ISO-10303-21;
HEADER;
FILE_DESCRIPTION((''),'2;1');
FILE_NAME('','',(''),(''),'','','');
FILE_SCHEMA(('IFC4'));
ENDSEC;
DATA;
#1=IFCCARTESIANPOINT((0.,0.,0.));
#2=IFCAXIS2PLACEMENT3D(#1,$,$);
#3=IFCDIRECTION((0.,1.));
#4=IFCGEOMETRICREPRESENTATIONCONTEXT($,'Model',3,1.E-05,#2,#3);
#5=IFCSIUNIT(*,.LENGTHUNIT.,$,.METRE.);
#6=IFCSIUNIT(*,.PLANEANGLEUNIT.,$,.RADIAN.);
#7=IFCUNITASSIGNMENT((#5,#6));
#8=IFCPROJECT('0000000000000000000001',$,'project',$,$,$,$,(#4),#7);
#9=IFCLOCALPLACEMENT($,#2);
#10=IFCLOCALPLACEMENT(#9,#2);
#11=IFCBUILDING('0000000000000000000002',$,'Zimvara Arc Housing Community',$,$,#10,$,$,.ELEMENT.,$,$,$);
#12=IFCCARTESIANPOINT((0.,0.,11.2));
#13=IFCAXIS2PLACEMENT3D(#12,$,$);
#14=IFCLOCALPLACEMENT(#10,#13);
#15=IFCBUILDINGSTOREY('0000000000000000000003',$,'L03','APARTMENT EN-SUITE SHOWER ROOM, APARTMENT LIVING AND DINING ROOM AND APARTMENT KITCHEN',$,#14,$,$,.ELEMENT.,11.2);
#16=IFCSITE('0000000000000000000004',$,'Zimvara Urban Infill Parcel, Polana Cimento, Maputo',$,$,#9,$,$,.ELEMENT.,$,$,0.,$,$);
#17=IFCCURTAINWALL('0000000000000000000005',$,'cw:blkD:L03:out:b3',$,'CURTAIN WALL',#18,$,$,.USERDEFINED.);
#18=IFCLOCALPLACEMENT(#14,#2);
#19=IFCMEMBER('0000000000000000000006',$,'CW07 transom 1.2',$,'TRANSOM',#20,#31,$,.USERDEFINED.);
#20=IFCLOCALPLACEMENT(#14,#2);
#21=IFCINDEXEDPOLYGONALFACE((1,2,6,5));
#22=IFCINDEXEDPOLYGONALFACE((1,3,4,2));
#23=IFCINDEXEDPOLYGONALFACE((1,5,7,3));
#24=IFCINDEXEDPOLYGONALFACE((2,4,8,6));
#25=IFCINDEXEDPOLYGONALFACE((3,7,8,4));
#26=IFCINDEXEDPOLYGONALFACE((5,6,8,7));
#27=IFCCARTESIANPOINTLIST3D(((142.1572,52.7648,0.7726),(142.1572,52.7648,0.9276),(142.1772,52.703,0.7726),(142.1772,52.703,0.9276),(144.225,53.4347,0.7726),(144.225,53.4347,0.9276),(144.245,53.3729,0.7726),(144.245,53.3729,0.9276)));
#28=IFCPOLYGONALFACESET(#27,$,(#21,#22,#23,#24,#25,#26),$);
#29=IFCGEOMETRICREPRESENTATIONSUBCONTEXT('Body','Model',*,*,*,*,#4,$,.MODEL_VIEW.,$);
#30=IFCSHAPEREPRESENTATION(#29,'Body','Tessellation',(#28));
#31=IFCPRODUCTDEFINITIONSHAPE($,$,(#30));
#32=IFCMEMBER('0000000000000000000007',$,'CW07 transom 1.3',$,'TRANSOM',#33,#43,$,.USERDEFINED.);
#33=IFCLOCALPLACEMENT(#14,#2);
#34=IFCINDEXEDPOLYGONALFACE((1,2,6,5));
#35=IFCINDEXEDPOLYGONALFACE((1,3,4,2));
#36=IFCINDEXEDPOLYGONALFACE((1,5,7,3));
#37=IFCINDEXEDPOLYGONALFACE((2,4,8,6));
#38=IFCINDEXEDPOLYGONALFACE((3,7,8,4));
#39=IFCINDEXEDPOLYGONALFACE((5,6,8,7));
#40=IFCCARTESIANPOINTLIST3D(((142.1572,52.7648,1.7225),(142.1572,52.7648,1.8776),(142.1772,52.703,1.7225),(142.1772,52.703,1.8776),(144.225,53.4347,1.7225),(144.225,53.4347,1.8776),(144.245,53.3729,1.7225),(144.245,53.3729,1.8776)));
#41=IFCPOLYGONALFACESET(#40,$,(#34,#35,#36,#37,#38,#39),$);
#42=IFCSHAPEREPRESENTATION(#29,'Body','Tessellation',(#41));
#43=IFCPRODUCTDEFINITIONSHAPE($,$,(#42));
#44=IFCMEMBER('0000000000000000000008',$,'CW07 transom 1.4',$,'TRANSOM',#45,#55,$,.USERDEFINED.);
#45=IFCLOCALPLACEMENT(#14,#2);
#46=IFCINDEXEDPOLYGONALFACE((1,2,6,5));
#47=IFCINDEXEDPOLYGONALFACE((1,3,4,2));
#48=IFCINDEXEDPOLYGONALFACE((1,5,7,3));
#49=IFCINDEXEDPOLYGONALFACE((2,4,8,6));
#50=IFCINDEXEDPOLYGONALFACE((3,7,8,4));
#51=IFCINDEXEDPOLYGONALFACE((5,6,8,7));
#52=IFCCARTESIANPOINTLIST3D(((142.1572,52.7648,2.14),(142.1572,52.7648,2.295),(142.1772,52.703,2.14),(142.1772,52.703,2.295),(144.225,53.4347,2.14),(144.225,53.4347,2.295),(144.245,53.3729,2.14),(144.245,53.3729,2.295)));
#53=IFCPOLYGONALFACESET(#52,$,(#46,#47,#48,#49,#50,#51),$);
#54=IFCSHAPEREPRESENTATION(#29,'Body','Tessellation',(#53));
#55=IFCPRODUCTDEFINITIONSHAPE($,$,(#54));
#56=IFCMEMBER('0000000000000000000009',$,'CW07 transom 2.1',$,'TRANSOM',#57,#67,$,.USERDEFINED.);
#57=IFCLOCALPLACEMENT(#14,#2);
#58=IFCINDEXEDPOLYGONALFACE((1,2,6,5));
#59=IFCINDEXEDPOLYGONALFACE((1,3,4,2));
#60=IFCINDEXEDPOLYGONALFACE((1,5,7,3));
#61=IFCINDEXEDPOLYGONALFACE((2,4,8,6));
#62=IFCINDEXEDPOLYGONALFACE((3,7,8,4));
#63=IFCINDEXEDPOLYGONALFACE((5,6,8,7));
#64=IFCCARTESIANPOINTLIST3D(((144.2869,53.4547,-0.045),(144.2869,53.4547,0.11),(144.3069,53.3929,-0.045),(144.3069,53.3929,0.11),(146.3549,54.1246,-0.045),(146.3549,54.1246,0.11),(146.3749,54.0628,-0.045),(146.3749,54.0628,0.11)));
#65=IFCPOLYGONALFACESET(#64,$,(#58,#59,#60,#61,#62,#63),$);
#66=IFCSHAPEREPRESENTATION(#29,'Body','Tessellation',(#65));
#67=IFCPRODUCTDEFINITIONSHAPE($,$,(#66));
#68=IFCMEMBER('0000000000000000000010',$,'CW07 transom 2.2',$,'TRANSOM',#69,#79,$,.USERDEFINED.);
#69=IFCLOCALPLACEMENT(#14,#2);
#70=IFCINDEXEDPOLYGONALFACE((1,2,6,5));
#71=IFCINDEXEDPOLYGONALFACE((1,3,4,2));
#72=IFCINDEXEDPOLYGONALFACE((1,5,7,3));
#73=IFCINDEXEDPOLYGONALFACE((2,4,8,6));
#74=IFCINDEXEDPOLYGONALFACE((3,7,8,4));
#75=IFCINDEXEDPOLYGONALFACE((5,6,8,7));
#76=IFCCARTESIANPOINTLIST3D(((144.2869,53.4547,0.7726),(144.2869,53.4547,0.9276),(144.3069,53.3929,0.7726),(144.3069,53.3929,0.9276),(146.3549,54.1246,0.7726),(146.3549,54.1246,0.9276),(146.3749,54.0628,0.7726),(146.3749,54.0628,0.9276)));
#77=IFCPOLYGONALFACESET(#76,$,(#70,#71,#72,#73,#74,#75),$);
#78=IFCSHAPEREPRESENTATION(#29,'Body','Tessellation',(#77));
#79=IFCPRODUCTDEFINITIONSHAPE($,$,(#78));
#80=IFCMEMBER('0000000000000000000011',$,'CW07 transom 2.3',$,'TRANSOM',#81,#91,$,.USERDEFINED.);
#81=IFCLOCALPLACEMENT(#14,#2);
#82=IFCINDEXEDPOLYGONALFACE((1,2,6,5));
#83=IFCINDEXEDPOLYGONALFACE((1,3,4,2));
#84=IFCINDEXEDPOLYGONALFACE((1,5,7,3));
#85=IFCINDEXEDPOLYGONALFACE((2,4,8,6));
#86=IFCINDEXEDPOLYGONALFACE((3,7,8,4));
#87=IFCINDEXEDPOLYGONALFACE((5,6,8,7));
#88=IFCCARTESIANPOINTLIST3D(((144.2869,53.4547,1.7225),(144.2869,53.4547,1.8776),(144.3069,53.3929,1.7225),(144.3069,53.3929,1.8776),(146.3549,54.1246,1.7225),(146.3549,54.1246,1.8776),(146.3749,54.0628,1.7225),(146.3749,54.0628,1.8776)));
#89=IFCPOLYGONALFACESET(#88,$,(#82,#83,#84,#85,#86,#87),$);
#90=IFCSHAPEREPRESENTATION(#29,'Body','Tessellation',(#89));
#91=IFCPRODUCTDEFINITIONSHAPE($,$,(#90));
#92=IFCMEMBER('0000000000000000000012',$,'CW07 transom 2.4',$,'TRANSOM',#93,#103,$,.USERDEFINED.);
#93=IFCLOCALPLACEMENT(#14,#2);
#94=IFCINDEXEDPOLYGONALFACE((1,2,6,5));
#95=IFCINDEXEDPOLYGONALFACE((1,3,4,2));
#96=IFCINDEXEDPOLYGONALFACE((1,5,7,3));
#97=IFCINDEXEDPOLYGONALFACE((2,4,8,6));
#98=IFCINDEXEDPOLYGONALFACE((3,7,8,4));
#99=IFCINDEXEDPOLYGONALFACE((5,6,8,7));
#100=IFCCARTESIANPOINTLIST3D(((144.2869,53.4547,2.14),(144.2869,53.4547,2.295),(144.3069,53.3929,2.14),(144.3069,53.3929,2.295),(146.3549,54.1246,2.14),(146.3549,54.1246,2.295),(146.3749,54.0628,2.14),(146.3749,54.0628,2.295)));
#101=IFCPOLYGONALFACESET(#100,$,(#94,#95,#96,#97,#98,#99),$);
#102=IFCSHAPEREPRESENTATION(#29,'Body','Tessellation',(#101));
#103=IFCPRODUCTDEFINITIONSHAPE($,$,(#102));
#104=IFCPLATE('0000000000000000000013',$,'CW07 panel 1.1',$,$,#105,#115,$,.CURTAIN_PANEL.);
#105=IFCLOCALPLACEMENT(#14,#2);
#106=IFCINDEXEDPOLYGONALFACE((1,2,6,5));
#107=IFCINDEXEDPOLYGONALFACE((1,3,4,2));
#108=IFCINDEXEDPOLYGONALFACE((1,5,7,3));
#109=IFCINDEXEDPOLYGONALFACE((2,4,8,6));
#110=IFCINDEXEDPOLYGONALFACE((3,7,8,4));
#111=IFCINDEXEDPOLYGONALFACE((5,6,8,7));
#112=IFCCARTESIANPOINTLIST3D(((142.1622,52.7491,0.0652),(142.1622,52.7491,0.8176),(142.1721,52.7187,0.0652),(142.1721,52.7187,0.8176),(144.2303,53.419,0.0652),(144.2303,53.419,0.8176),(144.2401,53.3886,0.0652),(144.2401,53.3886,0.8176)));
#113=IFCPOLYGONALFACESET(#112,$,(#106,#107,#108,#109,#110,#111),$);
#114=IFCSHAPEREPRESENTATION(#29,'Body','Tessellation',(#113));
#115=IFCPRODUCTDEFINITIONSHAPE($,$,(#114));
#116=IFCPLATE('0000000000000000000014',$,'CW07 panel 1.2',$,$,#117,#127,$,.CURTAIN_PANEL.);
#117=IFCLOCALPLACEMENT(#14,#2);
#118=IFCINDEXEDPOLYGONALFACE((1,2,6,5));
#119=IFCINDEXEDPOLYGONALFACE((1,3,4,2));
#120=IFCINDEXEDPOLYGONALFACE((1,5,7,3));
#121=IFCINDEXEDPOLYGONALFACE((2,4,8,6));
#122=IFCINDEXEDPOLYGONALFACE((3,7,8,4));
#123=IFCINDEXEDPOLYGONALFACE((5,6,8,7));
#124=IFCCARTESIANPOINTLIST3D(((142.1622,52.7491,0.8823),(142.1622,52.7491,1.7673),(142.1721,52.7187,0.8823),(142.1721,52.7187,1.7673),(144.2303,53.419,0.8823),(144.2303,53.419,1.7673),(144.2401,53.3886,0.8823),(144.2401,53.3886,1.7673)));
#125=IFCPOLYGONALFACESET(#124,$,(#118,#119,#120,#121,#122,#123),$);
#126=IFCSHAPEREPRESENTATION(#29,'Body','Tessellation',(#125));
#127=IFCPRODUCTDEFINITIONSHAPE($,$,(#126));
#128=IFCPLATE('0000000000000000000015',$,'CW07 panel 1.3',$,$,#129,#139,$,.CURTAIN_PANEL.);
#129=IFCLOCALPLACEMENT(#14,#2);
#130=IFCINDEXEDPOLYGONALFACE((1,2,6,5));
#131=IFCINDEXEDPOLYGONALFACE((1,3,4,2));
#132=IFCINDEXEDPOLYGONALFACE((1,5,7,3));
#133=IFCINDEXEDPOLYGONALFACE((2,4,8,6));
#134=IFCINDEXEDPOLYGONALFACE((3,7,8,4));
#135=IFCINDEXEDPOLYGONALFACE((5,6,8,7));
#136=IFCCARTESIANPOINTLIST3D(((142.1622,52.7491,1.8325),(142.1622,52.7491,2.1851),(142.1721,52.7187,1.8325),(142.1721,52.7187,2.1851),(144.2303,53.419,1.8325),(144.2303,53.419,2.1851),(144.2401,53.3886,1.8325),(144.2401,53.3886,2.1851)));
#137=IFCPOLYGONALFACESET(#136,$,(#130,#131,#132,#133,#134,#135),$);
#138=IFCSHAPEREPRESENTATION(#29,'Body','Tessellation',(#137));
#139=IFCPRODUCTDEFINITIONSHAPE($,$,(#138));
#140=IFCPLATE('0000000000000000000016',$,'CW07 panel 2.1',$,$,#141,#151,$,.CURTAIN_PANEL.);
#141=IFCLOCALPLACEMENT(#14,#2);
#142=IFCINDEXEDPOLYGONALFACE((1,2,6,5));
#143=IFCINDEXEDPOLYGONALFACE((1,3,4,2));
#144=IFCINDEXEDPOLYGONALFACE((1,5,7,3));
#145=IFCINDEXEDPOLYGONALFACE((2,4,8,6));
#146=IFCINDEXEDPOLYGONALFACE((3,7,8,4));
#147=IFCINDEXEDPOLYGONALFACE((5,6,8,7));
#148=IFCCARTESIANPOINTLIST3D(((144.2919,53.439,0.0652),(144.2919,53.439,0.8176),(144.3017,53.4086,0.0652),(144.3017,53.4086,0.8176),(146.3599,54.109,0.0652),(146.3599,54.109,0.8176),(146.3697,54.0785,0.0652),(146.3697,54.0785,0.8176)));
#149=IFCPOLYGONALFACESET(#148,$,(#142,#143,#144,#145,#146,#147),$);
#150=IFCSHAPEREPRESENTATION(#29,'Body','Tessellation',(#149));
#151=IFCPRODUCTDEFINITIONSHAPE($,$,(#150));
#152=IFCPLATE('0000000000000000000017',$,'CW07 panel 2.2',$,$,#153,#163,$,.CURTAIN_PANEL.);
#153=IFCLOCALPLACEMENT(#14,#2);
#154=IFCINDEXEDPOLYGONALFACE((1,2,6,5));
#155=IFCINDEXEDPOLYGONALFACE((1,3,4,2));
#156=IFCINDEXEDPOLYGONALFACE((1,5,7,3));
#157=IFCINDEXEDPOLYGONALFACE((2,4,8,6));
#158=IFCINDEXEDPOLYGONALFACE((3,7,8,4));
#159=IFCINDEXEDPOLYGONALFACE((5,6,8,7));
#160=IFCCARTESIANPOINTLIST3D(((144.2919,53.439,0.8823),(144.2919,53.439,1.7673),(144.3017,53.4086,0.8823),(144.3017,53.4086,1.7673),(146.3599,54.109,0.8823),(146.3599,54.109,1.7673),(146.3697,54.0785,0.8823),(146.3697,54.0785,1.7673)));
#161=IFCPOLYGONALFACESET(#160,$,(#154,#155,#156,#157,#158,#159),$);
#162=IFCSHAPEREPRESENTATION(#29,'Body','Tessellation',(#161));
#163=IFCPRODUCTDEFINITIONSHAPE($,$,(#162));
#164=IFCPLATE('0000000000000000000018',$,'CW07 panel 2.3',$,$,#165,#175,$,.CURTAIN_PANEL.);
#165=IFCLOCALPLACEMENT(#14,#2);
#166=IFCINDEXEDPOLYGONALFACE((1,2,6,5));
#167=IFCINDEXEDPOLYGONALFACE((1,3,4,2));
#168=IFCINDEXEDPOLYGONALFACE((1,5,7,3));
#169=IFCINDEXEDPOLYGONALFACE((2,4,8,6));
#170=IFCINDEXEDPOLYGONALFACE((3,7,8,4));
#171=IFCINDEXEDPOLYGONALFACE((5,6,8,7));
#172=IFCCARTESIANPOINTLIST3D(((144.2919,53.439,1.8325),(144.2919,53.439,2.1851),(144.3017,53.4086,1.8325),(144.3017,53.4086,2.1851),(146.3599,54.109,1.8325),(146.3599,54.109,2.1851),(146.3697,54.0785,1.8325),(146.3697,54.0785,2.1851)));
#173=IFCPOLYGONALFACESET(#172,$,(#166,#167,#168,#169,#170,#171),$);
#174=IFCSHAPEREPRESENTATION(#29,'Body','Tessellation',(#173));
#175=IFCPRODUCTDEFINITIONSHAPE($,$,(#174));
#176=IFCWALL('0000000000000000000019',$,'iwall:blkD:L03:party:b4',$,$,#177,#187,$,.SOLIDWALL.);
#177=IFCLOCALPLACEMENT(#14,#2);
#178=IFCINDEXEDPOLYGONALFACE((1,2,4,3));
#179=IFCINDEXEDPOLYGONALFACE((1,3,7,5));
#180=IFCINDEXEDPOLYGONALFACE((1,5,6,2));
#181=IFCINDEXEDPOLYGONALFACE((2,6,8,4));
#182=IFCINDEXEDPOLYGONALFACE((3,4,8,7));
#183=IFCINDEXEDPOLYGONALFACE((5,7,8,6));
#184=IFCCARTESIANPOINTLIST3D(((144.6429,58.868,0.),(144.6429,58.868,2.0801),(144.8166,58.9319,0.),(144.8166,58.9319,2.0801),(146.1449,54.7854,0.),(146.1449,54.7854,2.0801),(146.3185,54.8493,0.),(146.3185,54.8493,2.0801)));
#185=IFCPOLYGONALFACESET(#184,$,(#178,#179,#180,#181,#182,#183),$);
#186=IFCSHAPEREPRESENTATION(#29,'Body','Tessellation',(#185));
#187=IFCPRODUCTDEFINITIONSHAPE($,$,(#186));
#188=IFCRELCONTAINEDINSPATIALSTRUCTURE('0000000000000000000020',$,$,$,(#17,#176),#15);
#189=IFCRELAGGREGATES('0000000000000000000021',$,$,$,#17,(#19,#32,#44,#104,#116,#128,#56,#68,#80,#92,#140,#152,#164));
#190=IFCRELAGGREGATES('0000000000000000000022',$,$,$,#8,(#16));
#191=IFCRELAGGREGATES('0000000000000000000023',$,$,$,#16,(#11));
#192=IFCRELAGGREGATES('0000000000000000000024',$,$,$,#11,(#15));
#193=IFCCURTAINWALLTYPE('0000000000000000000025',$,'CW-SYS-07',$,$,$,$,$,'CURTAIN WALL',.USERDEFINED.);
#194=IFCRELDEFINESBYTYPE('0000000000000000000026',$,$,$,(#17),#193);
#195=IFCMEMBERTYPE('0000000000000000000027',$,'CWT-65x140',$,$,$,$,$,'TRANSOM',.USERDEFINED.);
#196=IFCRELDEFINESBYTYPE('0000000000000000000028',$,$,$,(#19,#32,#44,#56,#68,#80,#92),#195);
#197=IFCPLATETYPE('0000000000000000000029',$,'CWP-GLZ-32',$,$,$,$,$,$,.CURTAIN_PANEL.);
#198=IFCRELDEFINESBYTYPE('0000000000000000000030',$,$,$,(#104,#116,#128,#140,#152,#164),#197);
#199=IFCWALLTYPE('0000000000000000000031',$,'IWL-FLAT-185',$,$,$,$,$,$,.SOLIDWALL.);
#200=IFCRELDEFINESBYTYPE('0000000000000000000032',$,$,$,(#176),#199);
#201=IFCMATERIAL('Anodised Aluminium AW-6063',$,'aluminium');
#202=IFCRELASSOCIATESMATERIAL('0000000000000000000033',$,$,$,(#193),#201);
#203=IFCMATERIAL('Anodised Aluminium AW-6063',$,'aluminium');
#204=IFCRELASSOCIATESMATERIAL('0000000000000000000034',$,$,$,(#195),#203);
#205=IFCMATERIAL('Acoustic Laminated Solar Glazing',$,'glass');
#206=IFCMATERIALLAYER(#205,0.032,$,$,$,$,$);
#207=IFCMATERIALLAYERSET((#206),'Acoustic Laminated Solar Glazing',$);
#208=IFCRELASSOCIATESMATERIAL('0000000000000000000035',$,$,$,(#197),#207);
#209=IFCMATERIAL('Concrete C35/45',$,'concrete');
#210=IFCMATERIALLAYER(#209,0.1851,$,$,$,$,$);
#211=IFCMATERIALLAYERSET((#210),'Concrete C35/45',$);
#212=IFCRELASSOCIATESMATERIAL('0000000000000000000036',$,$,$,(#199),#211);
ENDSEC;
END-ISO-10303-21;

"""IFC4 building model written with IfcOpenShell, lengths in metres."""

from ifc_helpers import new_model, si_unit, direction, frame, frame_2d, origin, origin_2d, place, context, subcontext, project, spatial, rectangle, extrude, material, layer, layer_set, material_profile, profile_set, type_object, element, aggregate, save


model = new_model("IFC4")

# Units and contexts
model_context = context("Model", 3, precision=1e-05, world=origin(), true_north=direction((0.0, 1.0)))
body_context = subcontext(model_context, "Body", "Model", "MODEL_VIEW")
ifc_project = project(units=[si_unit("LENGTHUNIT", "METRE"), si_unit("PLANEANGLEUNIT", "RADIAN")], contexts=[model_context])

# Site, building, storey
site_placement = place(None, origin())
site = spatial("IfcSite", under=ifc_project, at=site_placement, Name="Zimvara Urban Infill Parcel, Polana Cimento, Maputo", CompositionType="ELEMENT", RefElevation=0.0)
building_placement = place(site_placement, origin())
building = spatial("IfcBuilding", under=site, at=building_placement, Name="Zimvara Arc Housing Community", CompositionType="ELEMENT")
storey_placement = place(building_placement, frame((0.0, 0.0, 11.2)))
storey = spatial("IfcBuildingStorey", under=building, at=storey_placement, Name="L03", Description="APARTMENT EN-SUITE SHOWER ROOM, APARTMENT LIVING AND DINING ROOM AND APARTMENT KITCHEN", CompositionType="ELEMENT", Elevation=11.2)

# Curtain wall, members, plates
ifc_material_1 = material(Name="Anodised Aluminium AW-6063", Category="aluminium")
curtain_wall_type_1 = type_object("IfcCurtainWallType", Name="CW-SYS-07", ElementType="CURTAIN WALL", PredefinedType="USERDEFINED", material=ifc_material_1)
curtain_wall_1_placement = place(storey_placement, origin())
curtain_wall_1 = element("IfcCurtainWall", 1, at=curtain_wall_1_placement, inside=storey, type_object=curtain_wall_type_1, Name="cw:blkD:L03:out:b3", ObjectType="CURTAIN WALL", PredefinedType="USERDEFINED")
ifc_material_2 = material(Name="Anodised Aluminium AW-6063", Category="aluminium")
ifc_material_profile_1 = material_profile(ifc_material_2, rectangle(XDim=0.0649, YDim=0.155, at=origin_2d()), Name="ALU 65x155")
ifc_profile_set_1 = profile_set([ifc_material_profile_1], Name="Anodised Aluminium AW-6063")
member_type_1 = type_object("IfcMemberType", Name="CWT-65x140", ElementType="TRANSOM", PredefinedType="USERDEFINED", material=ifc_profile_set_1)
member_1_placement = place(storey_placement, frame((142.1672, 52.7339, 0.8501), z_axis=(0.951323, 0.308197, 0.0), x_axis=(-0.308197, 0.951323, 0.0)))
member_1 = element("IfcMember", 2, at=member_1_placement, type_object=member_type_1, Name="CW07 transom 1.2", ObjectType="TRANSOM", PredefinedType="USERDEFINED", context=body_context, shape_type="SweptSolid", body=[
    extrude(rectangle(XDim=0.0649, YDim=0.155, at=origin_2d()), origin(), (0.0, 0.0, 1.0), 2.1736),
])
member_2_placement = place(storey_placement, frame((142.1672, 52.7339, 1.8), z_axis=(0.951323, 0.308197, 0.0), x_axis=(-0.308197, 0.951323, 0.0)))
member_2 = element("IfcMember", 3, at=member_2_placement, type_object=member_type_1, Name="CW07 transom 1.3", ObjectType="TRANSOM", PredefinedType="USERDEFINED", context=body_context, shape_type="SweptSolid", body=[
    extrude(rectangle(XDim=0.0649, YDim=0.155, at=origin_2d()), origin(), (0.0, 0.0, 1.0), 2.1736),
])
member_3_placement = place(storey_placement, frame((142.1672, 52.7339, 2.2175), z_axis=(0.951323, 0.308197, 0.0), x_axis=(-0.308197, 0.951323, 0.0)))
member_3 = element("IfcMember", 4, at=member_3_placement, type_object=member_type_1, Name="CW07 transom 1.4", ObjectType="TRANSOM", PredefinedType="USERDEFINED", context=body_context, shape_type="SweptSolid", body=[
    extrude(rectangle(XDim=0.0649, YDim=0.155, at=origin_2d()), origin(), (0.0, 0.0, 1.0), 2.1736),
])
member_4_placement = place(storey_placement, frame((144.2969, 53.4238, 0.0325), z_axis=(0.951333, 0.308164, 0.0), x_axis=(-0.308164, 0.951333, 0.0)))
member_4 = element("IfcMember", 5, at=member_4_placement, type_object=member_type_1, Name="CW07 transom 2.1", ObjectType="TRANSOM", PredefinedType="USERDEFINED", context=body_context, shape_type="SweptSolid", body=[
    extrude(rectangle(XDim=0.0649, YDim=0.155, at=origin_2d()), origin(), (0.0, 0.0, 1.0), 2.1738),
])
member_5_placement = place(storey_placement, frame((144.2969, 53.4238, 0.8501), z_axis=(0.951333, 0.308164, 0.0), x_axis=(-0.308164, 0.951333, 0.0)))
member_5 = element("IfcMember", 6, at=member_5_placement, type_object=member_type_1, Name="CW07 transom 2.2", ObjectType="TRANSOM", PredefinedType="USERDEFINED", context=body_context, shape_type="SweptSolid", body=[
    extrude(rectangle(XDim=0.0649, YDim=0.155, at=origin_2d()), origin(), (0.0, 0.0, 1.0), 2.1738),
])
member_6_placement = place(storey_placement, frame((144.2969, 53.4238, 1.8), z_axis=(0.951333, 0.308164, 0.0), x_axis=(-0.308164, 0.951333, 0.0)))
member_6 = element("IfcMember", 7, at=member_6_placement, type_object=member_type_1, Name="CW07 transom 2.3", ObjectType="TRANSOM", PredefinedType="USERDEFINED", context=body_context, shape_type="SweptSolid", body=[
    extrude(rectangle(XDim=0.0649, YDim=0.155, at=origin_2d()), origin(), (0.0, 0.0, 1.0), 2.1738),
])
member_7_placement = place(storey_placement, frame((144.2969, 53.4238, 2.2175), z_axis=(0.951333, 0.308164, 0.0), x_axis=(-0.308164, 0.951333, 0.0)))
member_7 = element("IfcMember", 8, at=member_7_placement, type_object=member_type_1, Name="CW07 transom 2.4", ObjectType="TRANSOM", PredefinedType="USERDEFINED", context=body_context, shape_type="SweptSolid", body=[
    extrude(rectangle(XDim=0.0649, YDim=0.155, at=origin_2d()), origin(), (0.0, 0.0, 1.0), 2.1738),
])
ifc_material_3 = material(Name="Acoustic Laminated Solar Glazing", Category="glass")
ifc_layer_1 = layer(ifc_material_3, 0.032)
ifc_layer_set_1 = layer_set([ifc_layer_1], Name="Acoustic Laminated Solar Glazing")
plate_type = type_object("IfcPlateType", Name="CWP-GLZ-32", PredefinedType="CURTAIN_PANEL", material=ifc_layer_set_1)
plate_1_placement = place(storey_placement, frame((143.2012, 53.0688, 0.0652), z_axis=(0.0, 0.0, 1.0), x_axis=(0.951326, 0.308185, 0.0)))
plate_1 = element("IfcPlate", 9, at=plate_1_placement, type_object=plate_type, Name="CW07 panel 1.1", PredefinedType="CURTAIN_PANEL", context=body_context, shape_type="SweptSolid", body=[
    extrude(rectangle(XDim=2.1738, YDim=0.032, at=origin_2d()), origin(), (0.0, 0.0, 1.0), 0.7524),
])
plate_2_placement = place(storey_placement, frame((143.2012, 53.0688, 0.8823), z_axis=(0.0, 0.0, 1.0), x_axis=(0.951326, 0.308185, 0.0)))
plate_2 = element("IfcPlate", 10, at=plate_2_placement, type_object=plate_type, Name="CW07 panel 1.2", PredefinedType="CURTAIN_PANEL", context=body_context, shape_type="SweptSolid", body=[
    extrude(rectangle(XDim=2.1738, YDim=0.032, at=origin_2d()), origin(), (0.0, 0.0, 1.0), 0.885),
])
plate_3_placement = place(storey_placement, frame((143.2012, 53.0688, 1.8325), z_axis=(0.0, 0.0, 1.0), x_axis=(0.951326, 0.308185, 0.0)))
plate_3 = element("IfcPlate", 11, at=plate_3_placement, type_object=plate_type, Name="CW07 panel 1.3", PredefinedType="CURTAIN_PANEL", context=body_context, shape_type="SweptSolid", body=[
    extrude(rectangle(XDim=2.1738, YDim=0.032, at=origin_2d()), origin(), (0.0, 0.0, 1.0), 0.3525),
])
plate_4_placement = place(storey_placement, frame((145.3308, 53.7588, 0.0652), z_axis=(0.0, 0.0, 1.0), x_axis=(0.951326, 0.308185, 0.0)))
plate_4 = element("IfcPlate", 12, at=plate_4_placement, type_object=plate_type, Name="CW07 panel 2.1", PredefinedType="CURTAIN_PANEL", context=body_context, shape_type="SweptSolid", body=[
    extrude(rectangle(XDim=2.1738, YDim=0.032, at=origin_2d()), origin(), (0.0, 0.0, 1.0), 0.7524),
])
plate_5_placement = place(storey_placement, frame((145.3308, 53.7588, 0.8823), z_axis=(0.0, 0.0, 1.0), x_axis=(0.951326, 0.308185, 0.0)))
plate_5 = element("IfcPlate", 13, at=plate_5_placement, type_object=plate_type, Name="CW07 panel 2.2", PredefinedType="CURTAIN_PANEL", context=body_context, shape_type="SweptSolid", body=[
    extrude(rectangle(XDim=2.1738, YDim=0.032, at=origin_2d()), origin(), (0.0, 0.0, 1.0), 0.885),
])
plate_6_placement = place(storey_placement, frame((145.3308, 53.7588, 1.8325), z_axis=(0.0, 0.0, 1.0), x_axis=(0.951326, 0.308185, 0.0)))
plate_6 = element("IfcPlate", 14, at=plate_6_placement, type_object=plate_type, Name="CW07 panel 2.3", PredefinedType="CURTAIN_PANEL", context=body_context, shape_type="SweptSolid", body=[
    extrude(rectangle(XDim=2.1738, YDim=0.032, at=origin_2d()), origin(), (0.0, 0.0, 1.0), 0.3525),
])
aggregate(curtain_wall_1, [member_1, member_2, member_3, plate_1, plate_2, plate_3, member_4, member_5, member_6, member_7, plate_4, plate_5, plate_6])

# Wall
ifc_material_4 = material(Name="Concrete C35/45", Category="concrete")
ifc_layer_2 = layer(ifc_material_4, 0.1851)
ifc_layer_set_2 = layer_set([ifc_layer_2], Name="Concrete C35/45")
wall_type_1 = type_object("IfcWallType", Name="IWL-FLAT-185", PredefinedType="SOLIDWALL", material=ifc_layer_set_2)
wall_1_placement = place(storey_placement, frame((144.7297, 58.8999, 0.0), z_axis=(0.0, 0.0, 1.0), x_axis=(0.345274, -0.938502, 0.0)))
element("IfcWall", 15, at=wall_1_placement, inside=storey, type_object=wall_type_1, Name="iwall:blkD:L03:party:b4", PredefinedType="SOLIDWALL", context=body_context, shape_type="SweptSolid", body=[
    extrude(rectangle(XDim=4.3501, YDim=0.1851, at=frame_2d((2.175, 0.0))), origin(), (0.0, 0.0, 1.0), 2.0801),
])

save(model, "model.ifc")
